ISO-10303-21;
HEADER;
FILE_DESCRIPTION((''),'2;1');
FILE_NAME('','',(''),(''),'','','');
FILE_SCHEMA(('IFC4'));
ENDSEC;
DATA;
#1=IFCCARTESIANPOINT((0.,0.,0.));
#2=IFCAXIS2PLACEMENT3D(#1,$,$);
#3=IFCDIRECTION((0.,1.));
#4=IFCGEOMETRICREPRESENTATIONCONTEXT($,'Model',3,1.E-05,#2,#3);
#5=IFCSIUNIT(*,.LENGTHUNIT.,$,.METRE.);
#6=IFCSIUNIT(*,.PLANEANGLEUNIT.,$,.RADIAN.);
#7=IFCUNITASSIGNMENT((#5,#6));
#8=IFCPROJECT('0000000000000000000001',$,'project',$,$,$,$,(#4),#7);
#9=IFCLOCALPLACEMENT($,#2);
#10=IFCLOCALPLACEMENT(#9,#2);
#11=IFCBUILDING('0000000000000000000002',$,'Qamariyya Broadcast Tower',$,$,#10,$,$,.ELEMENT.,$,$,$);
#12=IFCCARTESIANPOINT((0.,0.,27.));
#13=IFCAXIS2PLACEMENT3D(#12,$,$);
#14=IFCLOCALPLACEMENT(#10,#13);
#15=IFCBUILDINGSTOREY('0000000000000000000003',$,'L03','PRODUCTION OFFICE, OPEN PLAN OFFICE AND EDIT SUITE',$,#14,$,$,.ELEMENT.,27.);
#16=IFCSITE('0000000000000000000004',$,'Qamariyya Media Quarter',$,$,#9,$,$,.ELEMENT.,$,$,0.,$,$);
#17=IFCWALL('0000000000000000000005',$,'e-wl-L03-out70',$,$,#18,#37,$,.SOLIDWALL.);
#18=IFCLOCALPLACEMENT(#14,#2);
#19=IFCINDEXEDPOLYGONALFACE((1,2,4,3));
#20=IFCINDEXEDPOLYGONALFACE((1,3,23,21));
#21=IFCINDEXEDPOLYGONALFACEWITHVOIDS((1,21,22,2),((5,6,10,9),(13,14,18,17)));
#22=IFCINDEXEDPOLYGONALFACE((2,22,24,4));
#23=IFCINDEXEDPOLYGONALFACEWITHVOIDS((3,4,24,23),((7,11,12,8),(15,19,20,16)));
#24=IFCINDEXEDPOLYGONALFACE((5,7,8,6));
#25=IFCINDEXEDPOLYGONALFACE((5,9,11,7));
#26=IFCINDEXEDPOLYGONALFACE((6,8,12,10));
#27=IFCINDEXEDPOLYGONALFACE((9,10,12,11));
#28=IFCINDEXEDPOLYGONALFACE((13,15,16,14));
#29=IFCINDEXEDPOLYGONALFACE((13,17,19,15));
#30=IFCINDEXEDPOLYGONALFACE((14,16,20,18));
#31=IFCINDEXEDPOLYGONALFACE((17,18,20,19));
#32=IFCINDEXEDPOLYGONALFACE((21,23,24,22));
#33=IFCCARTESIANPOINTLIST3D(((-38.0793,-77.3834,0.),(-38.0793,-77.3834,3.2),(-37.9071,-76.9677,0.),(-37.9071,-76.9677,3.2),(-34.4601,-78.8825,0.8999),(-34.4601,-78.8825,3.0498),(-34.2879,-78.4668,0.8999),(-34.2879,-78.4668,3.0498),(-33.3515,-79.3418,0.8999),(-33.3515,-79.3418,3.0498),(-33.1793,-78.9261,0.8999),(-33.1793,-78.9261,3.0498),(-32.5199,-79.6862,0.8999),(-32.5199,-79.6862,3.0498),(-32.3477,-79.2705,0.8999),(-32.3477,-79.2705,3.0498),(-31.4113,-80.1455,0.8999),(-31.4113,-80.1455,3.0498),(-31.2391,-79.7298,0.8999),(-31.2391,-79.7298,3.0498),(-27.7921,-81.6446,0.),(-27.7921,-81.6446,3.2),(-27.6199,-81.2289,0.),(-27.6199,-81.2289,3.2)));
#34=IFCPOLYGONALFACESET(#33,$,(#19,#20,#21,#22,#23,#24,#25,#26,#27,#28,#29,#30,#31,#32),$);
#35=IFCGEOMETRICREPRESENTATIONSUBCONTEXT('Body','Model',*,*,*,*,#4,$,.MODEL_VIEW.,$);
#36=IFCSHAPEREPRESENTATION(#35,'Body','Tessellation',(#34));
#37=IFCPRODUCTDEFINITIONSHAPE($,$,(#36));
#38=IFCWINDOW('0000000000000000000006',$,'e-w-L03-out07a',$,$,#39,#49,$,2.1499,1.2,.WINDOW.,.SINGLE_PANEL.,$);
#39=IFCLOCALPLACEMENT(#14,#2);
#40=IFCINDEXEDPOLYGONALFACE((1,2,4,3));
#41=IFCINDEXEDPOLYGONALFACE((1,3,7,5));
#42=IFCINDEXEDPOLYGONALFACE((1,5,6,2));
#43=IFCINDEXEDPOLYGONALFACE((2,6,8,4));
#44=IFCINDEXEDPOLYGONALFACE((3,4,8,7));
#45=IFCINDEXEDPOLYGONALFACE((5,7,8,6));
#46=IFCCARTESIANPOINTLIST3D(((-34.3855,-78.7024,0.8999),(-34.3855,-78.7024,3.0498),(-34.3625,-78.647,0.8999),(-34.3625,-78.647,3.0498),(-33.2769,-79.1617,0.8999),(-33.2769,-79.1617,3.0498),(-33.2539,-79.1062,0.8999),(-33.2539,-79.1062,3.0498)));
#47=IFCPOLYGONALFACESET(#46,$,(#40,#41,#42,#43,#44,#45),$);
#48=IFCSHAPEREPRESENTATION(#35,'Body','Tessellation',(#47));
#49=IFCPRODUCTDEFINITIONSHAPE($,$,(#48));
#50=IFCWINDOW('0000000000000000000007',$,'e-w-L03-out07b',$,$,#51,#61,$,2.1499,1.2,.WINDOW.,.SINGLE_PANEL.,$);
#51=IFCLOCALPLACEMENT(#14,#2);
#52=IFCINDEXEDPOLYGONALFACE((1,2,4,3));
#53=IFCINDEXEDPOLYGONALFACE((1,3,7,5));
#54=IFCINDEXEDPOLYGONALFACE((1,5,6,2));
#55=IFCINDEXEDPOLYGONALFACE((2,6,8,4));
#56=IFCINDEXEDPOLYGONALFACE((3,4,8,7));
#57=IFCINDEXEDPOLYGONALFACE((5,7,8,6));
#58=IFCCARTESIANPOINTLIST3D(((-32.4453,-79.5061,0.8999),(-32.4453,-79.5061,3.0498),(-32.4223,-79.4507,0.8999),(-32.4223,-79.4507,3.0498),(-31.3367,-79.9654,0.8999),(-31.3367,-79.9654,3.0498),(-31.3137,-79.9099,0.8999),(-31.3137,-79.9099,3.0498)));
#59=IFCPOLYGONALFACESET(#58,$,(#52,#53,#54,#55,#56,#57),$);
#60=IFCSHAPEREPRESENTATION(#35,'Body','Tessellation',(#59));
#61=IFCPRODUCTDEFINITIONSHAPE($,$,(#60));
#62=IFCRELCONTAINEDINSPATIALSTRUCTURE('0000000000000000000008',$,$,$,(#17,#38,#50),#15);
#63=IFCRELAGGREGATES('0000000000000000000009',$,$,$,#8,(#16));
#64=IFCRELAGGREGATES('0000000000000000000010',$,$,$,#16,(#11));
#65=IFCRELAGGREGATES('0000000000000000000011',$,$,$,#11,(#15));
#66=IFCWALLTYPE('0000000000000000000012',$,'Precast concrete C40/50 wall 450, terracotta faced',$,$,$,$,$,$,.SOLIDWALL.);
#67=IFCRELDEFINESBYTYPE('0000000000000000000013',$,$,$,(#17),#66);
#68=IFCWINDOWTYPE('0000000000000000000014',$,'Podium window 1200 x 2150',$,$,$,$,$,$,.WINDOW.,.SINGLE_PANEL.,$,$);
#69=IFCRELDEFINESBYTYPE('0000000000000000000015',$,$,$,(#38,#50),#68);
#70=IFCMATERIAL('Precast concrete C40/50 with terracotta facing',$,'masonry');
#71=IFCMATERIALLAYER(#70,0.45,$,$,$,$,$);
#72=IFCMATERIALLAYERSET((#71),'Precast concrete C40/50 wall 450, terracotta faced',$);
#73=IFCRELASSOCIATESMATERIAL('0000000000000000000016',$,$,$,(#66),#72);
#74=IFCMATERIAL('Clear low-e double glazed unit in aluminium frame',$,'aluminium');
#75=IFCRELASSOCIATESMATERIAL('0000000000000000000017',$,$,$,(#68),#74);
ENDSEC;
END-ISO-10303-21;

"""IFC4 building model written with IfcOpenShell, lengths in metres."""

from ifc_helpers import new_model, si_unit, direction, frame, frame_2d, origin, place, context, subcontext, project, spatial, rectangle, extrude, material, layer, layer_set, type_object, element, fill, save


model = new_model("IFC4")

# Units and contexts
model_context = context("Model", 3, precision=1e-05, world=origin(), true_north=direction((0.0, 1.0)))
body_context = subcontext(model_context, "Body", "Model", "MODEL_VIEW")
ifc_project = project(units=[si_unit("LENGTHUNIT", "METRE"), si_unit("PLANEANGLEUNIT", "RADIAN")], contexts=[model_context])

# Site, building, storey
site_placement = place(None, origin())
site = spatial("IfcSite", under=ifc_project, at=site_placement, Name="Qamariyya Media Quarter", CompositionType="ELEMENT", RefElevation=0.0)
building_placement = place(site_placement, origin())
building = spatial("IfcBuilding", under=site, at=building_placement, Name="Qamariyya Broadcast Tower", CompositionType="ELEMENT")
storey_placement = place(building_placement, frame((0.0, 0.0, 27.0)))
storey = spatial("IfcBuildingStorey", under=building, at=storey_placement, Name="L03", Description="PRODUCTION OFFICE, OPEN PLAN OFFICE AND EDIT SUITE", CompositionType="ELEMENT", Elevation=27.0)

# Wall, openings, windows
ifc_material_1 = material(Name="Precast concrete C40/50 with terracotta facing", Category="masonry")
ifc_layer_1 = layer(ifc_material_1, 0.45)
ifc_layer_set_1 = layer_set([ifc_layer_1], Name="Precast concrete C40/50 wall 450, terracotta faced")
wall_type_1 = type_object("IfcWallType", Name="Precast concrete C40/50 wall 450, terracotta faced", PredefinedType="SOLIDWALL", material=ifc_layer_set_1)
wall_1_placement = place(storey_placement, frame((-37.9932, -77.1755, 0.0), z_axis=(0.0, 0.0, 1.0), x_axis=(0.923874, -0.382696, 0.0)))
wall_1 = element("IfcWall", 1, at=wall_1_placement, inside=storey, type_object=wall_type_1, Name="e-wl-L03-out70", PredefinedType="SOLIDWALL", context=body_context, shape_type="SweptSolid", body=[
    extrude(rectangle(XDim=11.1348, YDim=0.45, at=frame_2d((5.5674, 0.0))), origin(), (0.0, 0.0, 1.0), 3.2),
])
opening_1_placement = place(wall_1_placement, frame((3.9172, 0.0, 0.8999)))
opening_1 = element("IfcOpeningElement", 2, at=opening_1_placement, cuts=wall_1, PredefinedType="OPENING", context=body_context, shape_type="SweptSolid", body=[
    extrude(rectangle(XDim=1.2, YDim=2.1499, at=frame_2d((0.6001, 1.075))), frame((0.0, 0.2349, 0.0), z_axis=(0.0, -1.0, 0.0), x_axis=(1.0, 0.0, 0.0)), (0.0, 0.0, 1.0), 0.47),
])
opening_2_placement = place(wall_1_placement, frame((6.0173, 0.0, 0.8999)))
opening_2 = element("IfcOpeningElement", 3, at=opening_2_placement, cuts=wall_1, PredefinedType="OPENING", context=body_context, shape_type="SweptSolid", body=[
    extrude(rectangle(XDim=1.2, YDim=2.1499, at=frame_2d((0.6001, 1.075))), frame((0.0, 0.2349, 0.0), z_axis=(0.0, -1.0, 0.0), x_axis=(1.0, 0.0, 0.0)), (0.0, 0.0, 1.0), 0.47),
])
ifc_material_2 = material(Name="Clear low-e double glazed unit in aluminium frame", Category="aluminium")
window_type = type_object("IfcWindowType", Name="Podium window 1200 x 2150", PartitioningType="SINGLE_PANEL", PredefinedType="WINDOW", material=ifc_material_2)
window_1_placement = place(opening_1_placement, origin())
window_1 = element("IfcWindow", 4, at=window_1_placement, inside=storey, type_object=window_type, Name="e-w-L03-out07a", OverallHeight=2.1499, OverallWidth=1.2, PartitioningType="SINGLE_PANEL", PredefinedType="WINDOW", context=body_context, shape_type="SweptSolid", body=[
    extrude(rectangle(XDim=1.2, YDim=2.1499, at=frame_2d((0.6001, 1.075))), frame((0.0, 0.03, 0.0), z_axis=(0.0, -1.0, 0.0), x_axis=(1.0, 0.0, 0.0)), (0.0, 0.0, 1.0), 0.0601),
])
fill(opening_1, window_1)
window_2_placement = place(opening_2_placement, origin())
window_2 = element("IfcWindow", 5, at=window_2_placement, inside=storey, type_object=window_type, Name="e-w-L03-out07b", OverallHeight=2.1499, OverallWidth=1.2, PartitioningType="SINGLE_PANEL", PredefinedType="WINDOW", context=body_context, shape_type="SweptSolid", body=[
    extrude(rectangle(XDim=1.2, YDim=2.1499, at=frame_2d((0.6001, 1.075))), frame((0.0, 0.03, 0.0), z_axis=(0.0, -1.0, 0.0), x_axis=(1.0, 0.0, 0.0)), (0.0, 0.0, 1.0), 0.0601),
])
fill(opening_2, window_2)

save(model, "model.ifc")
